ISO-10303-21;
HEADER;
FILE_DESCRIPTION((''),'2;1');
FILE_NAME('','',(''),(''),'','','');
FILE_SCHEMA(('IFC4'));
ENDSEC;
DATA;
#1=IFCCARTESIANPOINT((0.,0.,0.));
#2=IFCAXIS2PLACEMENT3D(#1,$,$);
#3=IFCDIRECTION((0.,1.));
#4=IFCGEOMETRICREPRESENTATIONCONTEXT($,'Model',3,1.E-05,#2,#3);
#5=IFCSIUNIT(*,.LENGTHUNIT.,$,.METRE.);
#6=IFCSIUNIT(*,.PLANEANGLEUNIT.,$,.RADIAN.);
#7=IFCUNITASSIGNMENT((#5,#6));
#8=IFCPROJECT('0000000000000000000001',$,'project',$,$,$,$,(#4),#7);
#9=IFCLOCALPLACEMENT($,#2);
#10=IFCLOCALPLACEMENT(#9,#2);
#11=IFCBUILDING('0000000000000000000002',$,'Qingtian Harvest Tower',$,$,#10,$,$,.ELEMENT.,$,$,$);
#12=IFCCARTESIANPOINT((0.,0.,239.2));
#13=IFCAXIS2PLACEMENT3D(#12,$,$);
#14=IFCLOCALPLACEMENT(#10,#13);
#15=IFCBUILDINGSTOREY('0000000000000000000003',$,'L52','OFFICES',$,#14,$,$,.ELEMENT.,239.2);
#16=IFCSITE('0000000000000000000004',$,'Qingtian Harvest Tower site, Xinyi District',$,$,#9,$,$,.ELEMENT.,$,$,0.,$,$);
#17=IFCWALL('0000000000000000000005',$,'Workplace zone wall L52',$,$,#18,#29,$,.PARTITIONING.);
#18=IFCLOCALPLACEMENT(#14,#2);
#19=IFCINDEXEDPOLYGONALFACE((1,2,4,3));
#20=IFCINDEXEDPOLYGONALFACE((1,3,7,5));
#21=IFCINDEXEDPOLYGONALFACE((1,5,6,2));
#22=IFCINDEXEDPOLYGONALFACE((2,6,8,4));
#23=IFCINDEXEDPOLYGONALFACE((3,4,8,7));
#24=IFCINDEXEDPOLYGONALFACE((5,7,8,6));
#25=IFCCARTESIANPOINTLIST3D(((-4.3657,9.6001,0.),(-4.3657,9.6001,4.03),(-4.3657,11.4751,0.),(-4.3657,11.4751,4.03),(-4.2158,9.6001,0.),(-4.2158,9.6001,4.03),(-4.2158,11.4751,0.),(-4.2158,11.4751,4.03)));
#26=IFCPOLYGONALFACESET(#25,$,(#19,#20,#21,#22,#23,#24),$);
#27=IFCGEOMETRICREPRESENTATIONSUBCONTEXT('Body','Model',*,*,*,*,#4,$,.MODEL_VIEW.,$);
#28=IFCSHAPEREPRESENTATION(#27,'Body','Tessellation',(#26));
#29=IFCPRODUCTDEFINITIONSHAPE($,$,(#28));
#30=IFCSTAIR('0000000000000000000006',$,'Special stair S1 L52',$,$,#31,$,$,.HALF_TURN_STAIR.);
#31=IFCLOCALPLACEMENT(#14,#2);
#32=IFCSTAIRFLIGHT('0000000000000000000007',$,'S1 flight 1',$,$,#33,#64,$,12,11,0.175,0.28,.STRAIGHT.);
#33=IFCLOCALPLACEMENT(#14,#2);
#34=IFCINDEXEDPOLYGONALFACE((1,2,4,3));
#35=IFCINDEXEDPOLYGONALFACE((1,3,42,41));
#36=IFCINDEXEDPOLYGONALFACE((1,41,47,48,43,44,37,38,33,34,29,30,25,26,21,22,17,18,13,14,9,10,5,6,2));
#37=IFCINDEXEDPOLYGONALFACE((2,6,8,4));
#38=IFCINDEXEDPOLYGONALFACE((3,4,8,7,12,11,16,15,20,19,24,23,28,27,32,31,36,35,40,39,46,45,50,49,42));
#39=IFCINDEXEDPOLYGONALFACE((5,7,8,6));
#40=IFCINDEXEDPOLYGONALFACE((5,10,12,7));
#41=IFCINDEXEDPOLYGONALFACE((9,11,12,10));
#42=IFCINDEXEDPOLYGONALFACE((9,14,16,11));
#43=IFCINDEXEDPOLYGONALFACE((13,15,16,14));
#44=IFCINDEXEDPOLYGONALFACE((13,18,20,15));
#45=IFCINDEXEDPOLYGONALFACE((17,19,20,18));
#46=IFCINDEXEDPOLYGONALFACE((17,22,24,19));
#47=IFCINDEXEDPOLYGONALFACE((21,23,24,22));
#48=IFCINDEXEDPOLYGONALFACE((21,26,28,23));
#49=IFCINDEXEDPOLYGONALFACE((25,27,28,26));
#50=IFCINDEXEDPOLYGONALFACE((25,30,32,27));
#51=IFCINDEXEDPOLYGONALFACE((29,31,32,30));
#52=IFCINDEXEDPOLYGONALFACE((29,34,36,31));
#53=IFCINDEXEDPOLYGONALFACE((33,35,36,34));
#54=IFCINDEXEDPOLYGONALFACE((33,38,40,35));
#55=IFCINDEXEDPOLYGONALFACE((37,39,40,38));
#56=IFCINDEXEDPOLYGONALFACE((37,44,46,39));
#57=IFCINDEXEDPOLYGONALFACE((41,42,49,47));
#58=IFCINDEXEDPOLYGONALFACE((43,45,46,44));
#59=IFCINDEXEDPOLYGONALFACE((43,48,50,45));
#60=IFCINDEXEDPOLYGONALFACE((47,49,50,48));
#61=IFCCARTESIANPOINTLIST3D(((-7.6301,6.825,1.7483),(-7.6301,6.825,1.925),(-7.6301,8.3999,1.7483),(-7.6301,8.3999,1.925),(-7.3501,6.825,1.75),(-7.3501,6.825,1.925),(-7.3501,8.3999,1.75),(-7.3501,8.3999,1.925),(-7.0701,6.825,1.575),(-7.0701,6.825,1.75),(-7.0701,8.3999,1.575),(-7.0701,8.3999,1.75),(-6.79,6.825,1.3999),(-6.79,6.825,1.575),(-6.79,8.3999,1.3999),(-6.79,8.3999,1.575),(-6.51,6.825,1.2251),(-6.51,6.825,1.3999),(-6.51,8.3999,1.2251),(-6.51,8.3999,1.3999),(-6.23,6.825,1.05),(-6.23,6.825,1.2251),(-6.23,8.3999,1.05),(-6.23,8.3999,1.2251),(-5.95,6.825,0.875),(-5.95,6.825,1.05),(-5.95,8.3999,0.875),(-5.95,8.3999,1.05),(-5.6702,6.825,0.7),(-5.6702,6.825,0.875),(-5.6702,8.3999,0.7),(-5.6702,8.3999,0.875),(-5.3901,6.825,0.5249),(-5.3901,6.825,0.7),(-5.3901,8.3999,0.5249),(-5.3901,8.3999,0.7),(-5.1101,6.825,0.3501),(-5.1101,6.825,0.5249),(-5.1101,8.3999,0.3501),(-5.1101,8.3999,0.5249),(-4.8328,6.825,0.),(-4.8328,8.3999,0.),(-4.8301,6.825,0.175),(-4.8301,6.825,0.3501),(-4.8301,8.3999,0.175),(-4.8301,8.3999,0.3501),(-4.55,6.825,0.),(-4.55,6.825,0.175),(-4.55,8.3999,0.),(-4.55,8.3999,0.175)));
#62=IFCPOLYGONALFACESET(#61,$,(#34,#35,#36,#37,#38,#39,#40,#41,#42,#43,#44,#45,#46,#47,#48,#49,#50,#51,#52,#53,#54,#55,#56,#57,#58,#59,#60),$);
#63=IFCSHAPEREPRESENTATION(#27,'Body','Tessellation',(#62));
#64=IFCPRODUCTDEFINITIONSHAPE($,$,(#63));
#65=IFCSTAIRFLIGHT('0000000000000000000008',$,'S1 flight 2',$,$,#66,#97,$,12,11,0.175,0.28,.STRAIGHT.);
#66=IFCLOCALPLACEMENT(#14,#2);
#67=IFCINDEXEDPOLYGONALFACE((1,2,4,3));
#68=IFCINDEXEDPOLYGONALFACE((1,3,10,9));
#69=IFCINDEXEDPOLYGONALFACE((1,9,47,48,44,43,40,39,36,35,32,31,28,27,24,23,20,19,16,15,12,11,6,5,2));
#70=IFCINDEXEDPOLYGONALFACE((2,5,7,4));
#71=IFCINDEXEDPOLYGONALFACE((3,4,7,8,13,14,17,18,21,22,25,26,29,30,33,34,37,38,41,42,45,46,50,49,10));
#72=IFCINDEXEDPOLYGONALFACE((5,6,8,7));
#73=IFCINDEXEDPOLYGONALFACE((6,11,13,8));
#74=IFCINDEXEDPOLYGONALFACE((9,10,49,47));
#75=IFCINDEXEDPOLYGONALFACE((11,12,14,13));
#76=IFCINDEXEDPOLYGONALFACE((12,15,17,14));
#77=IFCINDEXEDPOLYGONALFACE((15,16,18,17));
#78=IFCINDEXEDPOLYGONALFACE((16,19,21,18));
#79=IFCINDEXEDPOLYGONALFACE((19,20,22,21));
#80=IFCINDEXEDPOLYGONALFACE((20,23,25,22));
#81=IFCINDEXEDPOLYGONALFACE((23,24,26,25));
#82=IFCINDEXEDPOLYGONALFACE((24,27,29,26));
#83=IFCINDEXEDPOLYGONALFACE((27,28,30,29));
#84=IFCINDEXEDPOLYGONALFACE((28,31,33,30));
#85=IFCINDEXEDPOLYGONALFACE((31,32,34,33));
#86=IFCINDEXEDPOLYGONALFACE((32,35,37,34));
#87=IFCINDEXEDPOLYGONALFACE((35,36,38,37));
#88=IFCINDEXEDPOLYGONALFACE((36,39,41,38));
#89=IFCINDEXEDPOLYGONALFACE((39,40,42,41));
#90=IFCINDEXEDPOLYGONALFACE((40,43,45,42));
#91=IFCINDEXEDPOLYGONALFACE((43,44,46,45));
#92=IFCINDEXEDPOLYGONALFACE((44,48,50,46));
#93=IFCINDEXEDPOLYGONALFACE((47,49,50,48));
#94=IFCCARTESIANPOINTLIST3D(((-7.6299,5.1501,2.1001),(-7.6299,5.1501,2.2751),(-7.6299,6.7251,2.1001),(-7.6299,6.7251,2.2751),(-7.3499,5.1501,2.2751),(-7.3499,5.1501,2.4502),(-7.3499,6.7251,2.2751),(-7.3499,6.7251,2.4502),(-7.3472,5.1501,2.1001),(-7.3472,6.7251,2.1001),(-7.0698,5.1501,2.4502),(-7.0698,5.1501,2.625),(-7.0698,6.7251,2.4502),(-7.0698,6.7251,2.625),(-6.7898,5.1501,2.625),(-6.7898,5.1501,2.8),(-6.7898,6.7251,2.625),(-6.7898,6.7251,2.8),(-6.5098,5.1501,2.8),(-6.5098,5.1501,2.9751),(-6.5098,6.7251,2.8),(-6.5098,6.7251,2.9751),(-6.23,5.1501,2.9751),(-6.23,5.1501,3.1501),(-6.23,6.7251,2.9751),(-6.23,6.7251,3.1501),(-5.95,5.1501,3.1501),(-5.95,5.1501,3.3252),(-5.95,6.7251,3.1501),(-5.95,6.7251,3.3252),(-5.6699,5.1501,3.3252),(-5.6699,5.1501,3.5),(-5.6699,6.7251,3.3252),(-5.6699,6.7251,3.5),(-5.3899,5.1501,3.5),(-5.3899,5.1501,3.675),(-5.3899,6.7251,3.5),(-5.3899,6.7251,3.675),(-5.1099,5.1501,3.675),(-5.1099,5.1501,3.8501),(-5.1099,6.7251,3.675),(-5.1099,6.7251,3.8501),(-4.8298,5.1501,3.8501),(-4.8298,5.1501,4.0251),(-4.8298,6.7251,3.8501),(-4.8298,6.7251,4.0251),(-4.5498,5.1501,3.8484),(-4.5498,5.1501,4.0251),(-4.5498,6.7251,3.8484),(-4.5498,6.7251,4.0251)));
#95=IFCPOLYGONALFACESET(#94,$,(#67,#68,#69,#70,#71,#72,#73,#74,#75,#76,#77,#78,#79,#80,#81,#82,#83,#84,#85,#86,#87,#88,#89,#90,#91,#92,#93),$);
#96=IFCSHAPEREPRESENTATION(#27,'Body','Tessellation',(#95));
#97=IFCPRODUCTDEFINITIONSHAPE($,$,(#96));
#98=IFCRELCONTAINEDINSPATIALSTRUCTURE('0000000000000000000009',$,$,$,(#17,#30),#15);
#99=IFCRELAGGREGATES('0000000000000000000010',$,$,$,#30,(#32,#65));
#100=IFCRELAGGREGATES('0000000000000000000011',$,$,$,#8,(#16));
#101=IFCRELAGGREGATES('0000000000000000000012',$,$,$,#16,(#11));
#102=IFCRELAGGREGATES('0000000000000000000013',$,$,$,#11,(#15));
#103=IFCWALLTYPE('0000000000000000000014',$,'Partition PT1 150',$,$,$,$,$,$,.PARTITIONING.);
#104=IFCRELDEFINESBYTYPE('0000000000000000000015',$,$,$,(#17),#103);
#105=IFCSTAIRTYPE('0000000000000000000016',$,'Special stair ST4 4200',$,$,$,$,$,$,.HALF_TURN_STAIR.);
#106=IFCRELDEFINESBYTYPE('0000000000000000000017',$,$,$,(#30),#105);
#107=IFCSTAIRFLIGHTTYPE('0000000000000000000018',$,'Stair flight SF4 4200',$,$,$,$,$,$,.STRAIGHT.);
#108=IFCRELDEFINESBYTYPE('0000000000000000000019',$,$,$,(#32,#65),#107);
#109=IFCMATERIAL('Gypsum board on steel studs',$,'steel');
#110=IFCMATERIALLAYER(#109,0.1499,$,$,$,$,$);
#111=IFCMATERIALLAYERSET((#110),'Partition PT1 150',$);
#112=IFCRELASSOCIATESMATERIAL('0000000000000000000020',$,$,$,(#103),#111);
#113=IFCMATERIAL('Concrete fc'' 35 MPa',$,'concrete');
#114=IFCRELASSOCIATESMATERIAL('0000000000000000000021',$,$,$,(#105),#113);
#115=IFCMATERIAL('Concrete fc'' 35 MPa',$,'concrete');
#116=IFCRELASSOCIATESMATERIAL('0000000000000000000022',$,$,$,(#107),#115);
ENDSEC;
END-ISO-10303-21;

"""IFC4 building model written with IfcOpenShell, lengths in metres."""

from ifc_helpers import new_model, si_unit, direction, frame, frame_2d, origin, place, context, subcontext, project, spatial, polyline, rectangle, outline, extrude, material, layer, layer_set, type_object, element, aggregate, save


model = new_model("IFC4")

# Units and contexts
model_context = context("Model", 3, precision=1e-05, world=origin(), true_north=direction((0.0, 1.0)))
body_context = subcontext(model_context, "Body", "Model", "MODEL_VIEW")
ifc_project = project(units=[si_unit("LENGTHUNIT", "METRE"), si_unit("PLANEANGLEUNIT", "RADIAN")], contexts=[model_context])

# Site, building, storey
site_placement = place(None, origin())
site = spatial("IfcSite", under=ifc_project, at=site_placement, Name="Qingtian Harvest Tower site, Xinyi District", CompositionType="ELEMENT", RefElevation=0.0)
building_placement = place(site_placement, origin())
building = spatial("IfcBuilding", under=site, at=building_placement, Name="Qingtian Harvest Tower", CompositionType="ELEMENT")
storey_placement = place(building_placement, frame((0.0, 0.0, 239.2)))
storey = spatial("IfcBuildingStorey", under=building, at=storey_placement, Name="L52", Description="OFFICES", CompositionType="ELEMENT", Elevation=239.2)

# Wall
ifc_material_1 = material(Name="Gypsum board on steel studs", Category="steel")
ifc_layer_1 = layer(ifc_material_1, 0.1499)
ifc_layer_set_1 = layer_set([ifc_layer_1], Name="Partition PT1 150")
wall_type_1 = type_object("IfcWallType", Name="Partition PT1 150", PredefinedType="PARTITIONING", material=ifc_layer_set_1)
wall_1_placement = place(storey_placement, frame((-4.2908, 9.6001, 0.0), z_axis=(0.0, 0.0, 1.0), x_axis=(0.0, 1.0, 0.0)))
element("IfcWall", 1, at=wall_1_placement, inside=storey, type_object=wall_type_1, Name="Workplace zone wall L52", PredefinedType="PARTITIONING", context=body_context, shape_type="SweptSolid", body=[
    extrude(rectangle(XDim=1.875, YDim=0.1499, at=frame_2d((0.9375, 0.0))), origin(), (0.0, 0.0, 1.0), 4.03),
])

# Stair, stair flights
ifc_material_2 = material(Name="Concrete fc' 35 MPa", Category="concrete")
stair_type = type_object("IfcStairType", Name="Special stair ST4 4200", PredefinedType="HALF_TURN_STAIR", material=ifc_material_2)
stair_placement = place(storey_placement, origin())
stair = element("IfcStair", 2, at=stair_placement, inside=storey, type_object=stair_type, Name="Special stair S1 L52", PredefinedType="HALF_TURN_STAIR")
ifc_material_3 = material(Name="Concrete fc' 35 MPa", Category="concrete")
stair_flight_type = type_object("IfcStairFlightType", Name="Stair flight SF4 4200", PredefinedType="STRAIGHT", material=ifc_material_3)
stair_flight_1_placement = place(storey_placement, frame((-4.55, 7.6125, 0.0), z_axis=(0.0, 0.0, 1.0), x_axis=(-1.0, 0.0, 0.0)))
stair_flight_1 = element("IfcStairFlight", 3, at=stair_flight_1_placement, type_object=stair_flight_type, Name="S1 flight 1", NumberOfRisers=12, NumberOfTreads=11, PredefinedType="STRAIGHT", RiserHeight=0.175, TreadLength=0.28, context=body_context, shape_type="SweptSolid", body=[
    extrude(outline(polyline([(0.0, 0.0), (0.0, 0.175), (0.28, 0.175), (0.28, 0.3501), (0.5601, 0.3501), (0.5601, 0.5249), (0.8401, 0.5249), (0.8401, 0.7), (1.1201, 0.7), (1.1201, 0.875), (1.3999, 0.875), (1.3999, 1.05), (1.6799, 1.05), (1.6799, 1.2251), (1.96, 1.2251), (1.96, 1.3999), (2.24, 1.3999), (2.24, 1.575), (2.52, 1.575), (2.52, 1.75), (2.8, 1.75), (2.8, 1.925), (3.0801, 1.925), (3.0801, 2.1001), (3.0801, 1.7483), (0.2827, 0.0), (0.0, 0.0)])), frame((0.0, 0.7876, 0.0), z_axis=(0.0, -1.0, 0.0), x_axis=(1.0, 0.0, 0.0)), (0.0, 0.0, 1.0), 1.575),
])
stair_flight_2_placement = place(storey_placement, frame((-7.6299, 5.9375, 2.1001), z_axis=(0.0, 0.0, 1.0), x_axis=(1.0, 0.0, 0.0)))
stair_flight_2 = element("IfcStairFlight", 4, at=stair_flight_2_placement, type_object=stair_flight_type, Name="S1 flight 2", NumberOfRisers=12, NumberOfTreads=11, PredefinedType="STRAIGHT", RiserHeight=0.175, TreadLength=0.28, context=body_context, shape_type="SweptSolid", body=[
    extrude(outline(polyline([(0.0, 0.0), (0.0, 0.175), (0.28, 0.175), (0.28, 0.3501), (0.5601, 0.3501), (0.5601, 0.5249), (0.8401, 0.5249), (0.8401, 0.7), (1.1201, 0.7), (1.1201, 0.875), (1.3999, 0.875), (1.3999, 1.05), (1.6799, 1.05), (1.6799, 1.2251), (1.96, 1.2251), (1.96, 1.3999), (2.24, 1.3999), (2.24, 1.575), (2.52, 1.575), (2.52, 1.75), (2.8, 1.75), (2.8, 1.925), (3.0801, 1.925), (3.0801, 2.1001), (3.0801, 1.7483), (0.2827, 0.0), (0.0, 0.0)])), frame((0.0, 0.7876, 0.0), z_axis=(0.0, -1.0, 0.0), x_axis=(1.0, 0.0, 0.0)), (0.0, 0.0, 1.0), 1.575),
])
aggregate(stair, [stair_flight_1, stair_flight_2])

save(model, "model.ifc")
